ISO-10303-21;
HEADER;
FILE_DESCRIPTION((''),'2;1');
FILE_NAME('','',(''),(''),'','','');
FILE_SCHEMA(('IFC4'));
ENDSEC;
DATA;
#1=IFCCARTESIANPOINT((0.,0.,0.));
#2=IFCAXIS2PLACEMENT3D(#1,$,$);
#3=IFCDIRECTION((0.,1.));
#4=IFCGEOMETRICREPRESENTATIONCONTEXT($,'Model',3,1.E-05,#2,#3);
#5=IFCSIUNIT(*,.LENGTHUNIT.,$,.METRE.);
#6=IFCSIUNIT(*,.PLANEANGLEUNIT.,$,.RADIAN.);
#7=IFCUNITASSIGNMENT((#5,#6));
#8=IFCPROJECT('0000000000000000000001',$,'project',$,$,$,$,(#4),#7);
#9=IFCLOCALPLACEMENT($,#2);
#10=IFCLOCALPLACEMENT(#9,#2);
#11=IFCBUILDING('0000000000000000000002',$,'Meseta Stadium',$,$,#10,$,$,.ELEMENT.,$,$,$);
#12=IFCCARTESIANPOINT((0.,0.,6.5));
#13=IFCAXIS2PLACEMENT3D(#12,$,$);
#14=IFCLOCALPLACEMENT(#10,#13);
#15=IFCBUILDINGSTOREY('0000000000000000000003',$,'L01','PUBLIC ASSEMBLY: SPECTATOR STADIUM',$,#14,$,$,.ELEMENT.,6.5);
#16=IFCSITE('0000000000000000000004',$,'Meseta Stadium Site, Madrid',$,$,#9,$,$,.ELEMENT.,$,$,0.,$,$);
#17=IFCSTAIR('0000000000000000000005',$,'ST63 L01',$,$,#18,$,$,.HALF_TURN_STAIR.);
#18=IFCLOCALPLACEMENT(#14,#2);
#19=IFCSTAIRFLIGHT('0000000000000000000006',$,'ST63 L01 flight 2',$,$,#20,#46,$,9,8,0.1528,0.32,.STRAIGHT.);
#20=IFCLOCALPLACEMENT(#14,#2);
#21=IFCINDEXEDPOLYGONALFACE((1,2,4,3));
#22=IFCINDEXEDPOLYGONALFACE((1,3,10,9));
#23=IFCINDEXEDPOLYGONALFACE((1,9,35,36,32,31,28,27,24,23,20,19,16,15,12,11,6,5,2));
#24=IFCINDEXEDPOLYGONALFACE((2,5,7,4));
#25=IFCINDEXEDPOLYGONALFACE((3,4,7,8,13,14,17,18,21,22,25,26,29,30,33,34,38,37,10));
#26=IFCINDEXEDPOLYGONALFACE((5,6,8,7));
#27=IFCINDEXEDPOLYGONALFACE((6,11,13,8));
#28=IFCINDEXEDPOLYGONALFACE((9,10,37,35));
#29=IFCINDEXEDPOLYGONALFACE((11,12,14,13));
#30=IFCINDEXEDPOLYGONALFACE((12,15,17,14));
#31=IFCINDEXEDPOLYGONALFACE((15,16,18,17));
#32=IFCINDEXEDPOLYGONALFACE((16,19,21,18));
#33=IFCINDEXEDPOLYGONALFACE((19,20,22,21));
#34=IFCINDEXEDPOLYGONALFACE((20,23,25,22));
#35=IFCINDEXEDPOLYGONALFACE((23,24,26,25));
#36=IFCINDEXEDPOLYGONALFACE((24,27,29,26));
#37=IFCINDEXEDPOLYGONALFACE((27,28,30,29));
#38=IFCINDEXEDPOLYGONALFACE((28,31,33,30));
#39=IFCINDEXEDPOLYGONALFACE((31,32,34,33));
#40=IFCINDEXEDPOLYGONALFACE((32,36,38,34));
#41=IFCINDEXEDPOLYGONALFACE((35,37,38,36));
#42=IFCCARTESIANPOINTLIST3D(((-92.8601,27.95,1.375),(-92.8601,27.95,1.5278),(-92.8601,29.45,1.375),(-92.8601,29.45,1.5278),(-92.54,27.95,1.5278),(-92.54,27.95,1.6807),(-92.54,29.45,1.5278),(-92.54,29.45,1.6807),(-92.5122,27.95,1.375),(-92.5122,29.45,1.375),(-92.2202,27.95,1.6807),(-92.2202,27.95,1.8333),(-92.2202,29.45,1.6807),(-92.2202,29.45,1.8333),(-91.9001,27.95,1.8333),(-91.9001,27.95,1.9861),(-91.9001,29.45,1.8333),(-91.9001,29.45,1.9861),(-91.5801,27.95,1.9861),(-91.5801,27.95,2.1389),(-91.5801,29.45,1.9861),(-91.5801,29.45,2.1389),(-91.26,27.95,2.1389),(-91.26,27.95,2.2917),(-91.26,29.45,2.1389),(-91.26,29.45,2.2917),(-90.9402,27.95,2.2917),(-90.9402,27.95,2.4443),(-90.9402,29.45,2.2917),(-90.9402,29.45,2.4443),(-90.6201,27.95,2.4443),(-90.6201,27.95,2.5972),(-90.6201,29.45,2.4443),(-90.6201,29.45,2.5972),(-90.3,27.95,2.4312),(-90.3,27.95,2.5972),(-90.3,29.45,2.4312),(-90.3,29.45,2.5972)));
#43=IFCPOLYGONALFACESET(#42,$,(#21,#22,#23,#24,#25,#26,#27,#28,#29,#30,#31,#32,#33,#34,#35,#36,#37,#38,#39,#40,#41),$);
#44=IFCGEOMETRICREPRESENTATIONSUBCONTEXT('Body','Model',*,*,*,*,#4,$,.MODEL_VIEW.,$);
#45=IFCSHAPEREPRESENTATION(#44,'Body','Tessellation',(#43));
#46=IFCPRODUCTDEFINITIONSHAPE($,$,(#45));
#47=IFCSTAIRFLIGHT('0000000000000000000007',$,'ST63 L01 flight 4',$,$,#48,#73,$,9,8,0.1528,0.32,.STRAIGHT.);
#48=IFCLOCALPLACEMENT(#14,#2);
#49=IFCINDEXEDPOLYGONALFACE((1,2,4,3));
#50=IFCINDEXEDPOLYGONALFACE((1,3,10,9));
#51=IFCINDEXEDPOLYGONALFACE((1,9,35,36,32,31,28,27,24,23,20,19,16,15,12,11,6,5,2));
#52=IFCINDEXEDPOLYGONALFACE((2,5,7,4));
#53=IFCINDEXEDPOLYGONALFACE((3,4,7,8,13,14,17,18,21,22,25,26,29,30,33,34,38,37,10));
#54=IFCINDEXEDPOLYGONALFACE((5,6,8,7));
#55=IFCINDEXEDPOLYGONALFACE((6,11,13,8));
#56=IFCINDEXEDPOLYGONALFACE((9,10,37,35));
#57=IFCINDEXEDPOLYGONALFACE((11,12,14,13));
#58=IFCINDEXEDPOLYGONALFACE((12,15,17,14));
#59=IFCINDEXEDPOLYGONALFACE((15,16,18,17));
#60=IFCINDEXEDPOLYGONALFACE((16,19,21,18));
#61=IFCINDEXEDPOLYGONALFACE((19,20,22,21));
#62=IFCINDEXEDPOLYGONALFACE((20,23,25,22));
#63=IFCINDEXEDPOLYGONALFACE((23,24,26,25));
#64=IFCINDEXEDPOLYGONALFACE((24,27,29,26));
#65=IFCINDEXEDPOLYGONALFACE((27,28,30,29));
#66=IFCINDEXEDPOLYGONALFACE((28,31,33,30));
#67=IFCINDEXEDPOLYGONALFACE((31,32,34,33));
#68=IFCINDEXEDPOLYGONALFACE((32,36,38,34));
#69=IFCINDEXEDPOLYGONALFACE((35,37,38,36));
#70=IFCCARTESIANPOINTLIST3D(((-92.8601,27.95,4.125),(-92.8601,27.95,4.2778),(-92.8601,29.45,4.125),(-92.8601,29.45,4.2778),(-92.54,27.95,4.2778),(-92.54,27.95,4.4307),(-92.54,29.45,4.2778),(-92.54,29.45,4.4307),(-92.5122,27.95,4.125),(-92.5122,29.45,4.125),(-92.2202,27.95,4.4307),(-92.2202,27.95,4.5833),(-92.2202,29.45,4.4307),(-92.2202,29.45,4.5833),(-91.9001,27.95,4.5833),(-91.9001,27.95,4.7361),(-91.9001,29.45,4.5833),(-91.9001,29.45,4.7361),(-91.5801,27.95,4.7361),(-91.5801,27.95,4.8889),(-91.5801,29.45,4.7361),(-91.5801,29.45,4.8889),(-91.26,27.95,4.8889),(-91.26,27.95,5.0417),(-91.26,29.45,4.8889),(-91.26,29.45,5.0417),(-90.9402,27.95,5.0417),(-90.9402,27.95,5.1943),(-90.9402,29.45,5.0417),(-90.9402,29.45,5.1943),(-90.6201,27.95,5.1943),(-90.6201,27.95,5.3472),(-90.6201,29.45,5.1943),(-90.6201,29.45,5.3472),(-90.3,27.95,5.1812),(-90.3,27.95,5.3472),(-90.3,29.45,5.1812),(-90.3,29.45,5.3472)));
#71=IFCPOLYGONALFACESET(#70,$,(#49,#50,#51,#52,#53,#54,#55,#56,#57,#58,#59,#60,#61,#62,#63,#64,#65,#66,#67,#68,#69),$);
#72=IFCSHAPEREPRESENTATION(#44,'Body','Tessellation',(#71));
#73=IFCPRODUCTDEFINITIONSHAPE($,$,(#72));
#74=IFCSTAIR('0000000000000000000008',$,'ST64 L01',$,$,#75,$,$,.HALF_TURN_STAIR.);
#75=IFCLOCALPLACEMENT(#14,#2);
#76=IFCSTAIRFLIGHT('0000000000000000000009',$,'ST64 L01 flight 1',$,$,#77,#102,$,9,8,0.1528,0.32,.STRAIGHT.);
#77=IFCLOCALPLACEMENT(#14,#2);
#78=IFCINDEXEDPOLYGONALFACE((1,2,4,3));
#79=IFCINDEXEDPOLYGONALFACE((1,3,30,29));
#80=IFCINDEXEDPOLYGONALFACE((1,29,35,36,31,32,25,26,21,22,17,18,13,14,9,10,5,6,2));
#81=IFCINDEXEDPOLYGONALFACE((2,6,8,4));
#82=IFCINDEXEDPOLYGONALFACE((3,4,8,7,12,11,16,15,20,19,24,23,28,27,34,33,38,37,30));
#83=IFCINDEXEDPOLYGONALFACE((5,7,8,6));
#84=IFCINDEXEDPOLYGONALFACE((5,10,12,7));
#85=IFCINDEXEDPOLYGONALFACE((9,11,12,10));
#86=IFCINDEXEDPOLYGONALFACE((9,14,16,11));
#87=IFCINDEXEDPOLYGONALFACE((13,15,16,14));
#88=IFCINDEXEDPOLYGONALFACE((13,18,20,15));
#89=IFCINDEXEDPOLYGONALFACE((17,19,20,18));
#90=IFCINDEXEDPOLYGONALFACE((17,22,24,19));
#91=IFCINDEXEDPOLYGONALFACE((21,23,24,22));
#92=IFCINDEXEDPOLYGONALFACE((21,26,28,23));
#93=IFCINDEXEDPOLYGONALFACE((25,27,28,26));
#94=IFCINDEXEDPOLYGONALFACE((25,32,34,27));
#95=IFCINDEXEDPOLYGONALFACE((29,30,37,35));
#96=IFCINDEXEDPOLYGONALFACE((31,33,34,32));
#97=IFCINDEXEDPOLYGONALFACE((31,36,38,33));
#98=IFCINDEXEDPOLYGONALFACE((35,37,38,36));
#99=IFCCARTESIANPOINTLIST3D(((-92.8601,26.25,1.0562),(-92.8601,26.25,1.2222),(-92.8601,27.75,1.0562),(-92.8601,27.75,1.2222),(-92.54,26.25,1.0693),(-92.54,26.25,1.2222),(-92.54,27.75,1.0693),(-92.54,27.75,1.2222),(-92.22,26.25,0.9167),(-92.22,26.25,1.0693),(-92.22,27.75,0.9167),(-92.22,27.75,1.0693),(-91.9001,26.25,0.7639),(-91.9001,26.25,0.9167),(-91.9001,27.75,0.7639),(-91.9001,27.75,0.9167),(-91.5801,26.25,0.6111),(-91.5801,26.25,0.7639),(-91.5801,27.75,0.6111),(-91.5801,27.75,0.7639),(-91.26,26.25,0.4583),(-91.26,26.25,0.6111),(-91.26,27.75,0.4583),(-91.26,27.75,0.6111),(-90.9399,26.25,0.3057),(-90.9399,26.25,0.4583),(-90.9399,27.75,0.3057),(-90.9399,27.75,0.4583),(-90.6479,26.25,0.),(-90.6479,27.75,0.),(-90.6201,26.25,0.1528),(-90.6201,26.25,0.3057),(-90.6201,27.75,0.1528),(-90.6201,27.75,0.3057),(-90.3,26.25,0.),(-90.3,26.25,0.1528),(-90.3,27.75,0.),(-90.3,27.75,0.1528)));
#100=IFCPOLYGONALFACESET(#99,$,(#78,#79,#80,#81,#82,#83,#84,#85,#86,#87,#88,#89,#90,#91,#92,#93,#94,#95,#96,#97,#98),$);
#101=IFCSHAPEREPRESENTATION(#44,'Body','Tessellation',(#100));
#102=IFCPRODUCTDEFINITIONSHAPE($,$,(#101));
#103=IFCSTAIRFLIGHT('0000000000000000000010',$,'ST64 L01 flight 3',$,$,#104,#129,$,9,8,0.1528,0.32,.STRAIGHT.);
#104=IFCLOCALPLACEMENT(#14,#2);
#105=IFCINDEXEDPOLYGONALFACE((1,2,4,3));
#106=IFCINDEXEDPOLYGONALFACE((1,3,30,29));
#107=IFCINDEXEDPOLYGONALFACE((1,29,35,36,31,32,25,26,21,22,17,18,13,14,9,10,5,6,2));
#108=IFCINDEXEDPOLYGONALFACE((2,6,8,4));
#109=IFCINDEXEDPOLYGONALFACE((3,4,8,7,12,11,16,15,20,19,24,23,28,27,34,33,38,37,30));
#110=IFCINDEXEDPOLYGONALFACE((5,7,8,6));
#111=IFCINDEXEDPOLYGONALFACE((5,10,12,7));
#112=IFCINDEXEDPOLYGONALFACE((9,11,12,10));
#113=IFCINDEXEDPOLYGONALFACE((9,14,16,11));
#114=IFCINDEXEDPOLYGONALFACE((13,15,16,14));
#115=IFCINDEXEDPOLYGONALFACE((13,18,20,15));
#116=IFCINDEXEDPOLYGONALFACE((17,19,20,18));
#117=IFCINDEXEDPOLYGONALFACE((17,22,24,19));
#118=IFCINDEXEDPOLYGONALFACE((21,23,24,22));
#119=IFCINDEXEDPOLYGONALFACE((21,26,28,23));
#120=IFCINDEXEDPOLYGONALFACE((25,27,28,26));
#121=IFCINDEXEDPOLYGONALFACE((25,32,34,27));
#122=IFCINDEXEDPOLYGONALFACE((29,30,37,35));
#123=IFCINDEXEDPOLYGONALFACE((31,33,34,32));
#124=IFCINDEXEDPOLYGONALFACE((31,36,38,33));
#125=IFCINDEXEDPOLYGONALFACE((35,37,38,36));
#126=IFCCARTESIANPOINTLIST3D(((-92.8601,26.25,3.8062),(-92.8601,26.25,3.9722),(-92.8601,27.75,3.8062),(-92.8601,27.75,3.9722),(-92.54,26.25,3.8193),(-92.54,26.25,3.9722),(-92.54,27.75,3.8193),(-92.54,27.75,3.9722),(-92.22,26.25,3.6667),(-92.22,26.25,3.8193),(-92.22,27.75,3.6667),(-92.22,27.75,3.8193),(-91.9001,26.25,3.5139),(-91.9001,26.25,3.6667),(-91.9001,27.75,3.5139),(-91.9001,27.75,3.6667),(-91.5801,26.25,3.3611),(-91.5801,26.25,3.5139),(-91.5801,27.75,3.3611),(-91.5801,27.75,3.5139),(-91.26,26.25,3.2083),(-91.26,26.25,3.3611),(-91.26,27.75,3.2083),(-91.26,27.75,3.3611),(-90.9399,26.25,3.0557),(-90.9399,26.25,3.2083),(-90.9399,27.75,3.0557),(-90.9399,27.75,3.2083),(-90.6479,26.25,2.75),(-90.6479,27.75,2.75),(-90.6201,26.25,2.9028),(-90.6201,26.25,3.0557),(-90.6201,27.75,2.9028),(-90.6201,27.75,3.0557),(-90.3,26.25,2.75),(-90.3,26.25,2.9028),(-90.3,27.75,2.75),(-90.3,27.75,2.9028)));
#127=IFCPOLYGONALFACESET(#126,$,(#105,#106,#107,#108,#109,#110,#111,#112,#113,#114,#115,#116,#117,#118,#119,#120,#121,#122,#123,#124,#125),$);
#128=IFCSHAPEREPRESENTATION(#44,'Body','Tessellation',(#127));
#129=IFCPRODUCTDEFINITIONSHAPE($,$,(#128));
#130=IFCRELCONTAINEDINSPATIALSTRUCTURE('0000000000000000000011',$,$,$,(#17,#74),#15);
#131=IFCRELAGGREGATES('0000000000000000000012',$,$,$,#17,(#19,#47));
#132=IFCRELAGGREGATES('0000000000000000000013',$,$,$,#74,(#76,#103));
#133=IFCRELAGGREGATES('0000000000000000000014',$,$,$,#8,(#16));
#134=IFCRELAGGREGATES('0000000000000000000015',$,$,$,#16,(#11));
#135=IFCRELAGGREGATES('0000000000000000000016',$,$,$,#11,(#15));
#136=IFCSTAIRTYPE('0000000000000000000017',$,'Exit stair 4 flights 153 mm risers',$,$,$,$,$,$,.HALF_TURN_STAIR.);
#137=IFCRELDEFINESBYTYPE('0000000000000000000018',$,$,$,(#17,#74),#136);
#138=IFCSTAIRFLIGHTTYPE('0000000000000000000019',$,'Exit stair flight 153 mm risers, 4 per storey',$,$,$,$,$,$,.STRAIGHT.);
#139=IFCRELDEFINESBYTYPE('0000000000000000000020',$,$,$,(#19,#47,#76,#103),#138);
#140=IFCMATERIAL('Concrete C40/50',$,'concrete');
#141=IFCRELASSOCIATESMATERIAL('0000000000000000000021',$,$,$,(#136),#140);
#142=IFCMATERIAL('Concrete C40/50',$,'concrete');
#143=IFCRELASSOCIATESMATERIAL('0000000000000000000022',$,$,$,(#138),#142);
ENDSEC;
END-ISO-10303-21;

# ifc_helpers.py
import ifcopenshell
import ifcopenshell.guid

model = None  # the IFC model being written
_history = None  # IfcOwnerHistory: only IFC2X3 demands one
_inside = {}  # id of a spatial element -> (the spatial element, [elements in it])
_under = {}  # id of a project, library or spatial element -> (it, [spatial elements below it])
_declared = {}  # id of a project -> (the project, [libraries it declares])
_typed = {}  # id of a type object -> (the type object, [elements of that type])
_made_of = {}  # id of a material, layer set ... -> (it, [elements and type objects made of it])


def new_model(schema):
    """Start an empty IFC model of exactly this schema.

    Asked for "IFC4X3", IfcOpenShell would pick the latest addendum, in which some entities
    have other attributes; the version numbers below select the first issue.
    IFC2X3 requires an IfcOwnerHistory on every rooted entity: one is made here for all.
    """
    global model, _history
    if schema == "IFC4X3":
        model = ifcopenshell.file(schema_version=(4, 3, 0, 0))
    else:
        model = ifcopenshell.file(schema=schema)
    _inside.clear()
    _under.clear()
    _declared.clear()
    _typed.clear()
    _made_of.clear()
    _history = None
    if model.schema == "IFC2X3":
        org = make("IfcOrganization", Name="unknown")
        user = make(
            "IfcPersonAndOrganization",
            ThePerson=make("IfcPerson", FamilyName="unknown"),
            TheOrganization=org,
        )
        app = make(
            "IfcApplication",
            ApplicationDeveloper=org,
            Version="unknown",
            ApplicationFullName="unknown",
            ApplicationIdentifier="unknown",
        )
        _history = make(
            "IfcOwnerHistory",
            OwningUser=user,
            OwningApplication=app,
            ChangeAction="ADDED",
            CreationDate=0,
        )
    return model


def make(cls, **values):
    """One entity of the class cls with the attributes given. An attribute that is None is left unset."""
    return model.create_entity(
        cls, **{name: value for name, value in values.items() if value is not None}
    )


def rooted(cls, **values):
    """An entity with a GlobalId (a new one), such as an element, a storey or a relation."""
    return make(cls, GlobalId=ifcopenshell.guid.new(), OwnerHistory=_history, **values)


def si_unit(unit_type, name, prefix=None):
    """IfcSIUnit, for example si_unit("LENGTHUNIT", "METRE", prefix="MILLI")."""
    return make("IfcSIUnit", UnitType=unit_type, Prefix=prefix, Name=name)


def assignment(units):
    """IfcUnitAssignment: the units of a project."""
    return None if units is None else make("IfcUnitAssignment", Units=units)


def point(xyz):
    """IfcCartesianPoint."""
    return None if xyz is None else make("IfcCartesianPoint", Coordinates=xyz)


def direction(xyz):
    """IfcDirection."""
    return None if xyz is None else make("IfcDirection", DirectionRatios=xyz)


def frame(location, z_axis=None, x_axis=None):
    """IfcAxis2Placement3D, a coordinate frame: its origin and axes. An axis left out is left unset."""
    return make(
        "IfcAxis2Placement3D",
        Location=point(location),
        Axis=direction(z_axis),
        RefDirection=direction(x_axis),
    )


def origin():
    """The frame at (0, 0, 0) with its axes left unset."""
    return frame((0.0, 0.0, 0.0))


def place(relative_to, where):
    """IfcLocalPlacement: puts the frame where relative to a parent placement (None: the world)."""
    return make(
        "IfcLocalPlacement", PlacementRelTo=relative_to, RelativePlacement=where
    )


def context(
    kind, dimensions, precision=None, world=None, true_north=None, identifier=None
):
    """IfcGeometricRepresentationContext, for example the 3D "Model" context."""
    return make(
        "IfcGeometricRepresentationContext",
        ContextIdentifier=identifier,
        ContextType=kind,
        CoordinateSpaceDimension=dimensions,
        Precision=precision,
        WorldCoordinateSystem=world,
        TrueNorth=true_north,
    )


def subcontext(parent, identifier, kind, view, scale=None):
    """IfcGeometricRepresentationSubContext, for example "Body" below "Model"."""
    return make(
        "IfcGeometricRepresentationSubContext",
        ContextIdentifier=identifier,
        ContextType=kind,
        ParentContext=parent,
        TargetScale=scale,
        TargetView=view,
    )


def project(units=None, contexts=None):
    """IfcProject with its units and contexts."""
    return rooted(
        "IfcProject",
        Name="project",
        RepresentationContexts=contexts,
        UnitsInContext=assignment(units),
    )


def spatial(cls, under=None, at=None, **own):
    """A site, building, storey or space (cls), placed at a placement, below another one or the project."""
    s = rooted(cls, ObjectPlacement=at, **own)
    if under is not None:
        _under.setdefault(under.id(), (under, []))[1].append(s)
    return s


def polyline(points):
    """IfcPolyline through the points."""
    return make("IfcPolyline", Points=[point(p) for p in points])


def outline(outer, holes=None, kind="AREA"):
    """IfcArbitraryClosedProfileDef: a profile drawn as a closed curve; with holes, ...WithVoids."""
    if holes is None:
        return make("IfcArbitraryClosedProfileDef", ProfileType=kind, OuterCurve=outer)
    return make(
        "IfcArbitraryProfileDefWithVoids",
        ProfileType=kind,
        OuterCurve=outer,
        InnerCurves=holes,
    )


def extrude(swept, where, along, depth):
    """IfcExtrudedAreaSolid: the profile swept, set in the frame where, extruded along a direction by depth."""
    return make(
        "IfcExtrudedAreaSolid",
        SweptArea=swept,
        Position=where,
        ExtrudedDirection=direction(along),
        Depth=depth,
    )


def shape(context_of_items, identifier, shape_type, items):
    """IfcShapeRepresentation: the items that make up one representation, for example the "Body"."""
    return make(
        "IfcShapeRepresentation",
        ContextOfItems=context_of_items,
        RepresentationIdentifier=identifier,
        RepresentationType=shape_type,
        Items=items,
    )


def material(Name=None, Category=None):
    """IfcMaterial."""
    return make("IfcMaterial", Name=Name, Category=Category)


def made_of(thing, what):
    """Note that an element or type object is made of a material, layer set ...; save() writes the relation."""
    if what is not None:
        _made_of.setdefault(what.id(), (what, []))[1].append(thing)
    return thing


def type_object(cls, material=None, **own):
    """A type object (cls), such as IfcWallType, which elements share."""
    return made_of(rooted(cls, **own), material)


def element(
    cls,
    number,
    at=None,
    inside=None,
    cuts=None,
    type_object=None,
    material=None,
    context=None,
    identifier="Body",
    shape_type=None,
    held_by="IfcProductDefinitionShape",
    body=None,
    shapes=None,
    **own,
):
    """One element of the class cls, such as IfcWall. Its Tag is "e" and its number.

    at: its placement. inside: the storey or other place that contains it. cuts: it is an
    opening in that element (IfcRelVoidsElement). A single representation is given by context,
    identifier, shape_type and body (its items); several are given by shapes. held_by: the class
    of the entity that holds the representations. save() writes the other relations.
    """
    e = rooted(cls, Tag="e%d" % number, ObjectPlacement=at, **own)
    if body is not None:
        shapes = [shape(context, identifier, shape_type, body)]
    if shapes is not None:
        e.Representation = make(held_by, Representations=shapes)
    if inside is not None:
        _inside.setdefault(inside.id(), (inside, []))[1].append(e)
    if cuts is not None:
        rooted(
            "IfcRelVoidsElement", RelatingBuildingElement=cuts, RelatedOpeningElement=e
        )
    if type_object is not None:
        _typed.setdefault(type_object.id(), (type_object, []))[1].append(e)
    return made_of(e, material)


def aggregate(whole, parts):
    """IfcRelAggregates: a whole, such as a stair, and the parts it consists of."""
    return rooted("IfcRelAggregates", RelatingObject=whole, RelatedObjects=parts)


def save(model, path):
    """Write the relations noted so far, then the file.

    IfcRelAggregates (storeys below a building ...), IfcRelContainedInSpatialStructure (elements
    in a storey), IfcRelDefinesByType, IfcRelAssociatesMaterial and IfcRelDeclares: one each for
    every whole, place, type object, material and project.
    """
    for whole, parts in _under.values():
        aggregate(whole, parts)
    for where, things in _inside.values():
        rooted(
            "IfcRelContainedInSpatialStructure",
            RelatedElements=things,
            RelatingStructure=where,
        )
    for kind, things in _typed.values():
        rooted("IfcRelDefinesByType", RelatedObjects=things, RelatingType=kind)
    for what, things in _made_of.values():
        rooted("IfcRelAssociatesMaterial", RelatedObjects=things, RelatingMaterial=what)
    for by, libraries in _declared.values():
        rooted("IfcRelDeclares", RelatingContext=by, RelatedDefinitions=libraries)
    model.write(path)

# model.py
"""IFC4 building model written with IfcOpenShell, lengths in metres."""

from ifc_helpers import new_model, si_unit, direction, frame, origin, place, context, subcontext, project, spatial, polyline, outline, extrude, material, type_object, element, aggregate, save


model = new_model("IFC4")

# Units and contexts
model_context = context("Model", 3, precision=1e-05, world=origin(), true_north=direction((0.0, 1.0)))
body_context = subcontext(model_context, "Body", "Model", "MODEL_VIEW")
ifc_project = project(units=[si_unit("LENGTHUNIT", "METRE"), si_unit("PLANEANGLEUNIT", "RADIAN")], contexts=[model_context])

# Site, building, storey
site_placement = place(None, origin())
site = spatial("IfcSite", under=ifc_project, at=site_placement, Name="Meseta Stadium Site, Madrid", CompositionType="ELEMENT", RefElevation=0.0)
building_placement = place(site_placement, origin())
building = spatial("IfcBuilding", under=site, at=building_placement, Name="Meseta Stadium", CompositionType="ELEMENT")
storey_placement = place(building_placement, frame((0.0, 0.0, 6.5)))
storey = spatial("IfcBuildingStorey", under=building, at=storey_placement, Name="L01", Description="PUBLIC ASSEMBLY: SPECTATOR STADIUM", CompositionType="ELEMENT", Elevation=6.5)

# Stairs, stair flights
ifc_material_1 = material(Name="Concrete C40/50", Category="concrete")
stair_type = type_object("IfcStairType", Name="Exit stair 4 flights 153 mm risers", PredefinedType="HALF_TURN_STAIR", material=ifc_material_1)
stair_1_placement = place(storey_placement, origin())
stair_1 = element("IfcStair", 1, at=stair_1_placement, inside=storey, type_object=stair_type, Name="ST63 L01", PredefinedType="HALF_TURN_STAIR")
ifc_material_2 = material(Name="Concrete C40/50", Category="concrete")
stair_flight_type = type_object("IfcStairFlightType", Name="Exit stair flight 153 mm risers, 4 per storey", PredefinedType="STRAIGHT", material=ifc_material_2)
stair_flight_1_placement = place(storey_placement, frame((-92.8601, 28.7, 1.375), z_axis=(0.0, 0.0, 1.0), x_axis=(1.0, 0.0, 0.0)))
stair_flight_1 = element("IfcStairFlight", 2, at=stair_flight_1_placement, type_object=stair_flight_type, Name="ST63 L01 flight 2", NumberOfRisers=9, NumberOfTreads=8, PredefinedType="STRAIGHT", RiserHeight=0.1528, TreadLength=0.32, context=body_context, shape_type="SweptSolid", body=[
    extrude(outline(polyline([(0.0, 0.0), (0.0, 0.1528), (0.3201, 0.1528), (0.3201, 0.3057), (0.6399, 0.3057), (0.6399, 0.4583), (0.96, 0.4583), (0.96, 0.6111), (1.28, 0.6111), (1.28, 0.7639), (1.6001, 0.7639), (1.6001, 0.9167), (1.9199, 0.9167), (1.9199, 1.0693), (2.24, 1.0693), (2.24, 1.2222), (2.5601, 1.2222), (2.5601, 1.0562), (0.3479, 0.0), (0.0, 0.0)])), frame((0.0, 0.75, 0.0), z_axis=(0.0, -1.0, 0.0), x_axis=(1.0, 0.0, 0.0)), (0.0, 0.0, 1.0), 1.5),
])
stair_flight_2_placement = place(storey_placement, frame((-92.8601, 28.7, 4.125), z_axis=(0.0, 0.0, 1.0), x_axis=(1.0, 0.0, 0.0)))
stair_flight_2 = element("IfcStairFlight", 3, at=stair_flight_2_placement, type_object=stair_flight_type, Name="ST63 L01 flight 4", NumberOfRisers=9, NumberOfTreads=8, PredefinedType="STRAIGHT", RiserHeight=0.1528, TreadLength=0.32, context=body_context, shape_type="SweptSolid", body=[
    extrude(outline(polyline([(0.0, 0.0), (0.0, 0.1528), (0.3201, 0.1528), (0.3201, 0.3057), (0.6399, 0.3057), (0.6399, 0.4583), (0.96, 0.4583), (0.96, 0.6111), (1.28, 0.6111), (1.28, 0.7639), (1.6001, 0.7639), (1.6001, 0.9167), (1.9199, 0.9167), (1.9199, 1.0693), (2.24, 1.0693), (2.24, 1.2222), (2.5601, 1.2222), (2.5601, 1.0562), (0.3479, 0.0), (0.0, 0.0)])), frame((0.0, 0.75, 0.0), z_axis=(0.0, -1.0, 0.0), x_axis=(1.0, 0.0, 0.0)), (0.0, 0.0, 1.0), 1.5),
])
aggregate(stair_1, [stair_flight_1, stair_flight_2])
stair_2_placement = place(storey_placement, origin())
stair_2 = element("IfcStair", 4, at=stair_2_placement, inside=storey, type_object=stair_type, Name="ST64 L01", PredefinedType="HALF_TURN_STAIR")
stair_flight_3_placement = place(storey_placement, frame((-90.3, 27.0, 0.0), z_axis=(0.0, 0.0, 1.0), x_axis=(-1.0, 0.0, 0.0)))
stair_flight_3 = element("IfcStairFlight", 5, at=stair_flight_3_placement, type_object=stair_flight_type, Name="ST64 L01 flight 1", NumberOfRisers=9, NumberOfTreads=8, PredefinedType="STRAIGHT", RiserHeight=0.1528, TreadLength=0.32, context=body_context, shape_type="SweptSolid", body=[
    extrude(outline(polyline([(0.0, 0.0), (0.0, 0.1528), (0.3201, 0.1528), (0.3201, 0.3057), (0.6399, 0.3057), (0.6399, 0.4583), (0.96, 0.4583), (0.96, 0.6111), (1.28, 0.6111), (1.28, 0.7639), (1.6001, 0.7639), (1.6001, 0.9167), (1.9199, 0.9167), (1.9199, 1.0693), (2.24, 1.0693), (2.24, 1.2222), (2.5601, 1.2222), (2.5601, 1.0562), (0.3479, 0.0), (0.0, 0.0)])), frame((0.0, 0.75, 0.0), z_axis=(0.0, -1.0, 0.0), x_axis=(1.0, 0.0, 0.0)), (0.0, 0.0, 1.0), 1.5),
])
stair_flight_4_placement = place(storey_placement, frame((-90.3, 27.0, 2.75), z_axis=(0.0, 0.0, 1.0), x_axis=(-1.0, 0.0, 0.0)))
stair_flight_4 = element("IfcStairFlight", 6, at=stair_flight_4_placement, type_object=stair_flight_type, Name="ST64 L01 flight 3", NumberOfRisers=9, NumberOfTreads=8, PredefinedType="STRAIGHT", RiserHeight=0.1528, TreadLength=0.32, context=body_context, shape_type="SweptSolid", body=[
    extrude(outline(polyline([(0.0, 0.0), (0.0, 0.1528), (0.3201, 0.1528), (0.3201, 0.3057), (0.6399, 0.3057), (0.6399, 0.4583), (0.96, 0.4583), (0.96, 0.6111), (1.28, 0.6111), (1.28, 0.7639), (1.6001, 0.7639), (1.6001, 0.9167), (1.9199, 0.9167), (1.9199, 1.0693), (2.24, 1.0693), (2.24, 1.2222), (2.5601, 1.2222), (2.5601, 1.0562), (0.3479, 0.0), (0.0, 0.0)])), frame((0.0, 0.75, 0.0), z_axis=(0.0, -1.0, 0.0), x_axis=(1.0, 0.0, 0.0)), (0.0, 0.0, 1.0), 1.5),
])
aggregate(stair_2, [stair_flight_3, stair_flight_4])

save(model, "model.ifc")
